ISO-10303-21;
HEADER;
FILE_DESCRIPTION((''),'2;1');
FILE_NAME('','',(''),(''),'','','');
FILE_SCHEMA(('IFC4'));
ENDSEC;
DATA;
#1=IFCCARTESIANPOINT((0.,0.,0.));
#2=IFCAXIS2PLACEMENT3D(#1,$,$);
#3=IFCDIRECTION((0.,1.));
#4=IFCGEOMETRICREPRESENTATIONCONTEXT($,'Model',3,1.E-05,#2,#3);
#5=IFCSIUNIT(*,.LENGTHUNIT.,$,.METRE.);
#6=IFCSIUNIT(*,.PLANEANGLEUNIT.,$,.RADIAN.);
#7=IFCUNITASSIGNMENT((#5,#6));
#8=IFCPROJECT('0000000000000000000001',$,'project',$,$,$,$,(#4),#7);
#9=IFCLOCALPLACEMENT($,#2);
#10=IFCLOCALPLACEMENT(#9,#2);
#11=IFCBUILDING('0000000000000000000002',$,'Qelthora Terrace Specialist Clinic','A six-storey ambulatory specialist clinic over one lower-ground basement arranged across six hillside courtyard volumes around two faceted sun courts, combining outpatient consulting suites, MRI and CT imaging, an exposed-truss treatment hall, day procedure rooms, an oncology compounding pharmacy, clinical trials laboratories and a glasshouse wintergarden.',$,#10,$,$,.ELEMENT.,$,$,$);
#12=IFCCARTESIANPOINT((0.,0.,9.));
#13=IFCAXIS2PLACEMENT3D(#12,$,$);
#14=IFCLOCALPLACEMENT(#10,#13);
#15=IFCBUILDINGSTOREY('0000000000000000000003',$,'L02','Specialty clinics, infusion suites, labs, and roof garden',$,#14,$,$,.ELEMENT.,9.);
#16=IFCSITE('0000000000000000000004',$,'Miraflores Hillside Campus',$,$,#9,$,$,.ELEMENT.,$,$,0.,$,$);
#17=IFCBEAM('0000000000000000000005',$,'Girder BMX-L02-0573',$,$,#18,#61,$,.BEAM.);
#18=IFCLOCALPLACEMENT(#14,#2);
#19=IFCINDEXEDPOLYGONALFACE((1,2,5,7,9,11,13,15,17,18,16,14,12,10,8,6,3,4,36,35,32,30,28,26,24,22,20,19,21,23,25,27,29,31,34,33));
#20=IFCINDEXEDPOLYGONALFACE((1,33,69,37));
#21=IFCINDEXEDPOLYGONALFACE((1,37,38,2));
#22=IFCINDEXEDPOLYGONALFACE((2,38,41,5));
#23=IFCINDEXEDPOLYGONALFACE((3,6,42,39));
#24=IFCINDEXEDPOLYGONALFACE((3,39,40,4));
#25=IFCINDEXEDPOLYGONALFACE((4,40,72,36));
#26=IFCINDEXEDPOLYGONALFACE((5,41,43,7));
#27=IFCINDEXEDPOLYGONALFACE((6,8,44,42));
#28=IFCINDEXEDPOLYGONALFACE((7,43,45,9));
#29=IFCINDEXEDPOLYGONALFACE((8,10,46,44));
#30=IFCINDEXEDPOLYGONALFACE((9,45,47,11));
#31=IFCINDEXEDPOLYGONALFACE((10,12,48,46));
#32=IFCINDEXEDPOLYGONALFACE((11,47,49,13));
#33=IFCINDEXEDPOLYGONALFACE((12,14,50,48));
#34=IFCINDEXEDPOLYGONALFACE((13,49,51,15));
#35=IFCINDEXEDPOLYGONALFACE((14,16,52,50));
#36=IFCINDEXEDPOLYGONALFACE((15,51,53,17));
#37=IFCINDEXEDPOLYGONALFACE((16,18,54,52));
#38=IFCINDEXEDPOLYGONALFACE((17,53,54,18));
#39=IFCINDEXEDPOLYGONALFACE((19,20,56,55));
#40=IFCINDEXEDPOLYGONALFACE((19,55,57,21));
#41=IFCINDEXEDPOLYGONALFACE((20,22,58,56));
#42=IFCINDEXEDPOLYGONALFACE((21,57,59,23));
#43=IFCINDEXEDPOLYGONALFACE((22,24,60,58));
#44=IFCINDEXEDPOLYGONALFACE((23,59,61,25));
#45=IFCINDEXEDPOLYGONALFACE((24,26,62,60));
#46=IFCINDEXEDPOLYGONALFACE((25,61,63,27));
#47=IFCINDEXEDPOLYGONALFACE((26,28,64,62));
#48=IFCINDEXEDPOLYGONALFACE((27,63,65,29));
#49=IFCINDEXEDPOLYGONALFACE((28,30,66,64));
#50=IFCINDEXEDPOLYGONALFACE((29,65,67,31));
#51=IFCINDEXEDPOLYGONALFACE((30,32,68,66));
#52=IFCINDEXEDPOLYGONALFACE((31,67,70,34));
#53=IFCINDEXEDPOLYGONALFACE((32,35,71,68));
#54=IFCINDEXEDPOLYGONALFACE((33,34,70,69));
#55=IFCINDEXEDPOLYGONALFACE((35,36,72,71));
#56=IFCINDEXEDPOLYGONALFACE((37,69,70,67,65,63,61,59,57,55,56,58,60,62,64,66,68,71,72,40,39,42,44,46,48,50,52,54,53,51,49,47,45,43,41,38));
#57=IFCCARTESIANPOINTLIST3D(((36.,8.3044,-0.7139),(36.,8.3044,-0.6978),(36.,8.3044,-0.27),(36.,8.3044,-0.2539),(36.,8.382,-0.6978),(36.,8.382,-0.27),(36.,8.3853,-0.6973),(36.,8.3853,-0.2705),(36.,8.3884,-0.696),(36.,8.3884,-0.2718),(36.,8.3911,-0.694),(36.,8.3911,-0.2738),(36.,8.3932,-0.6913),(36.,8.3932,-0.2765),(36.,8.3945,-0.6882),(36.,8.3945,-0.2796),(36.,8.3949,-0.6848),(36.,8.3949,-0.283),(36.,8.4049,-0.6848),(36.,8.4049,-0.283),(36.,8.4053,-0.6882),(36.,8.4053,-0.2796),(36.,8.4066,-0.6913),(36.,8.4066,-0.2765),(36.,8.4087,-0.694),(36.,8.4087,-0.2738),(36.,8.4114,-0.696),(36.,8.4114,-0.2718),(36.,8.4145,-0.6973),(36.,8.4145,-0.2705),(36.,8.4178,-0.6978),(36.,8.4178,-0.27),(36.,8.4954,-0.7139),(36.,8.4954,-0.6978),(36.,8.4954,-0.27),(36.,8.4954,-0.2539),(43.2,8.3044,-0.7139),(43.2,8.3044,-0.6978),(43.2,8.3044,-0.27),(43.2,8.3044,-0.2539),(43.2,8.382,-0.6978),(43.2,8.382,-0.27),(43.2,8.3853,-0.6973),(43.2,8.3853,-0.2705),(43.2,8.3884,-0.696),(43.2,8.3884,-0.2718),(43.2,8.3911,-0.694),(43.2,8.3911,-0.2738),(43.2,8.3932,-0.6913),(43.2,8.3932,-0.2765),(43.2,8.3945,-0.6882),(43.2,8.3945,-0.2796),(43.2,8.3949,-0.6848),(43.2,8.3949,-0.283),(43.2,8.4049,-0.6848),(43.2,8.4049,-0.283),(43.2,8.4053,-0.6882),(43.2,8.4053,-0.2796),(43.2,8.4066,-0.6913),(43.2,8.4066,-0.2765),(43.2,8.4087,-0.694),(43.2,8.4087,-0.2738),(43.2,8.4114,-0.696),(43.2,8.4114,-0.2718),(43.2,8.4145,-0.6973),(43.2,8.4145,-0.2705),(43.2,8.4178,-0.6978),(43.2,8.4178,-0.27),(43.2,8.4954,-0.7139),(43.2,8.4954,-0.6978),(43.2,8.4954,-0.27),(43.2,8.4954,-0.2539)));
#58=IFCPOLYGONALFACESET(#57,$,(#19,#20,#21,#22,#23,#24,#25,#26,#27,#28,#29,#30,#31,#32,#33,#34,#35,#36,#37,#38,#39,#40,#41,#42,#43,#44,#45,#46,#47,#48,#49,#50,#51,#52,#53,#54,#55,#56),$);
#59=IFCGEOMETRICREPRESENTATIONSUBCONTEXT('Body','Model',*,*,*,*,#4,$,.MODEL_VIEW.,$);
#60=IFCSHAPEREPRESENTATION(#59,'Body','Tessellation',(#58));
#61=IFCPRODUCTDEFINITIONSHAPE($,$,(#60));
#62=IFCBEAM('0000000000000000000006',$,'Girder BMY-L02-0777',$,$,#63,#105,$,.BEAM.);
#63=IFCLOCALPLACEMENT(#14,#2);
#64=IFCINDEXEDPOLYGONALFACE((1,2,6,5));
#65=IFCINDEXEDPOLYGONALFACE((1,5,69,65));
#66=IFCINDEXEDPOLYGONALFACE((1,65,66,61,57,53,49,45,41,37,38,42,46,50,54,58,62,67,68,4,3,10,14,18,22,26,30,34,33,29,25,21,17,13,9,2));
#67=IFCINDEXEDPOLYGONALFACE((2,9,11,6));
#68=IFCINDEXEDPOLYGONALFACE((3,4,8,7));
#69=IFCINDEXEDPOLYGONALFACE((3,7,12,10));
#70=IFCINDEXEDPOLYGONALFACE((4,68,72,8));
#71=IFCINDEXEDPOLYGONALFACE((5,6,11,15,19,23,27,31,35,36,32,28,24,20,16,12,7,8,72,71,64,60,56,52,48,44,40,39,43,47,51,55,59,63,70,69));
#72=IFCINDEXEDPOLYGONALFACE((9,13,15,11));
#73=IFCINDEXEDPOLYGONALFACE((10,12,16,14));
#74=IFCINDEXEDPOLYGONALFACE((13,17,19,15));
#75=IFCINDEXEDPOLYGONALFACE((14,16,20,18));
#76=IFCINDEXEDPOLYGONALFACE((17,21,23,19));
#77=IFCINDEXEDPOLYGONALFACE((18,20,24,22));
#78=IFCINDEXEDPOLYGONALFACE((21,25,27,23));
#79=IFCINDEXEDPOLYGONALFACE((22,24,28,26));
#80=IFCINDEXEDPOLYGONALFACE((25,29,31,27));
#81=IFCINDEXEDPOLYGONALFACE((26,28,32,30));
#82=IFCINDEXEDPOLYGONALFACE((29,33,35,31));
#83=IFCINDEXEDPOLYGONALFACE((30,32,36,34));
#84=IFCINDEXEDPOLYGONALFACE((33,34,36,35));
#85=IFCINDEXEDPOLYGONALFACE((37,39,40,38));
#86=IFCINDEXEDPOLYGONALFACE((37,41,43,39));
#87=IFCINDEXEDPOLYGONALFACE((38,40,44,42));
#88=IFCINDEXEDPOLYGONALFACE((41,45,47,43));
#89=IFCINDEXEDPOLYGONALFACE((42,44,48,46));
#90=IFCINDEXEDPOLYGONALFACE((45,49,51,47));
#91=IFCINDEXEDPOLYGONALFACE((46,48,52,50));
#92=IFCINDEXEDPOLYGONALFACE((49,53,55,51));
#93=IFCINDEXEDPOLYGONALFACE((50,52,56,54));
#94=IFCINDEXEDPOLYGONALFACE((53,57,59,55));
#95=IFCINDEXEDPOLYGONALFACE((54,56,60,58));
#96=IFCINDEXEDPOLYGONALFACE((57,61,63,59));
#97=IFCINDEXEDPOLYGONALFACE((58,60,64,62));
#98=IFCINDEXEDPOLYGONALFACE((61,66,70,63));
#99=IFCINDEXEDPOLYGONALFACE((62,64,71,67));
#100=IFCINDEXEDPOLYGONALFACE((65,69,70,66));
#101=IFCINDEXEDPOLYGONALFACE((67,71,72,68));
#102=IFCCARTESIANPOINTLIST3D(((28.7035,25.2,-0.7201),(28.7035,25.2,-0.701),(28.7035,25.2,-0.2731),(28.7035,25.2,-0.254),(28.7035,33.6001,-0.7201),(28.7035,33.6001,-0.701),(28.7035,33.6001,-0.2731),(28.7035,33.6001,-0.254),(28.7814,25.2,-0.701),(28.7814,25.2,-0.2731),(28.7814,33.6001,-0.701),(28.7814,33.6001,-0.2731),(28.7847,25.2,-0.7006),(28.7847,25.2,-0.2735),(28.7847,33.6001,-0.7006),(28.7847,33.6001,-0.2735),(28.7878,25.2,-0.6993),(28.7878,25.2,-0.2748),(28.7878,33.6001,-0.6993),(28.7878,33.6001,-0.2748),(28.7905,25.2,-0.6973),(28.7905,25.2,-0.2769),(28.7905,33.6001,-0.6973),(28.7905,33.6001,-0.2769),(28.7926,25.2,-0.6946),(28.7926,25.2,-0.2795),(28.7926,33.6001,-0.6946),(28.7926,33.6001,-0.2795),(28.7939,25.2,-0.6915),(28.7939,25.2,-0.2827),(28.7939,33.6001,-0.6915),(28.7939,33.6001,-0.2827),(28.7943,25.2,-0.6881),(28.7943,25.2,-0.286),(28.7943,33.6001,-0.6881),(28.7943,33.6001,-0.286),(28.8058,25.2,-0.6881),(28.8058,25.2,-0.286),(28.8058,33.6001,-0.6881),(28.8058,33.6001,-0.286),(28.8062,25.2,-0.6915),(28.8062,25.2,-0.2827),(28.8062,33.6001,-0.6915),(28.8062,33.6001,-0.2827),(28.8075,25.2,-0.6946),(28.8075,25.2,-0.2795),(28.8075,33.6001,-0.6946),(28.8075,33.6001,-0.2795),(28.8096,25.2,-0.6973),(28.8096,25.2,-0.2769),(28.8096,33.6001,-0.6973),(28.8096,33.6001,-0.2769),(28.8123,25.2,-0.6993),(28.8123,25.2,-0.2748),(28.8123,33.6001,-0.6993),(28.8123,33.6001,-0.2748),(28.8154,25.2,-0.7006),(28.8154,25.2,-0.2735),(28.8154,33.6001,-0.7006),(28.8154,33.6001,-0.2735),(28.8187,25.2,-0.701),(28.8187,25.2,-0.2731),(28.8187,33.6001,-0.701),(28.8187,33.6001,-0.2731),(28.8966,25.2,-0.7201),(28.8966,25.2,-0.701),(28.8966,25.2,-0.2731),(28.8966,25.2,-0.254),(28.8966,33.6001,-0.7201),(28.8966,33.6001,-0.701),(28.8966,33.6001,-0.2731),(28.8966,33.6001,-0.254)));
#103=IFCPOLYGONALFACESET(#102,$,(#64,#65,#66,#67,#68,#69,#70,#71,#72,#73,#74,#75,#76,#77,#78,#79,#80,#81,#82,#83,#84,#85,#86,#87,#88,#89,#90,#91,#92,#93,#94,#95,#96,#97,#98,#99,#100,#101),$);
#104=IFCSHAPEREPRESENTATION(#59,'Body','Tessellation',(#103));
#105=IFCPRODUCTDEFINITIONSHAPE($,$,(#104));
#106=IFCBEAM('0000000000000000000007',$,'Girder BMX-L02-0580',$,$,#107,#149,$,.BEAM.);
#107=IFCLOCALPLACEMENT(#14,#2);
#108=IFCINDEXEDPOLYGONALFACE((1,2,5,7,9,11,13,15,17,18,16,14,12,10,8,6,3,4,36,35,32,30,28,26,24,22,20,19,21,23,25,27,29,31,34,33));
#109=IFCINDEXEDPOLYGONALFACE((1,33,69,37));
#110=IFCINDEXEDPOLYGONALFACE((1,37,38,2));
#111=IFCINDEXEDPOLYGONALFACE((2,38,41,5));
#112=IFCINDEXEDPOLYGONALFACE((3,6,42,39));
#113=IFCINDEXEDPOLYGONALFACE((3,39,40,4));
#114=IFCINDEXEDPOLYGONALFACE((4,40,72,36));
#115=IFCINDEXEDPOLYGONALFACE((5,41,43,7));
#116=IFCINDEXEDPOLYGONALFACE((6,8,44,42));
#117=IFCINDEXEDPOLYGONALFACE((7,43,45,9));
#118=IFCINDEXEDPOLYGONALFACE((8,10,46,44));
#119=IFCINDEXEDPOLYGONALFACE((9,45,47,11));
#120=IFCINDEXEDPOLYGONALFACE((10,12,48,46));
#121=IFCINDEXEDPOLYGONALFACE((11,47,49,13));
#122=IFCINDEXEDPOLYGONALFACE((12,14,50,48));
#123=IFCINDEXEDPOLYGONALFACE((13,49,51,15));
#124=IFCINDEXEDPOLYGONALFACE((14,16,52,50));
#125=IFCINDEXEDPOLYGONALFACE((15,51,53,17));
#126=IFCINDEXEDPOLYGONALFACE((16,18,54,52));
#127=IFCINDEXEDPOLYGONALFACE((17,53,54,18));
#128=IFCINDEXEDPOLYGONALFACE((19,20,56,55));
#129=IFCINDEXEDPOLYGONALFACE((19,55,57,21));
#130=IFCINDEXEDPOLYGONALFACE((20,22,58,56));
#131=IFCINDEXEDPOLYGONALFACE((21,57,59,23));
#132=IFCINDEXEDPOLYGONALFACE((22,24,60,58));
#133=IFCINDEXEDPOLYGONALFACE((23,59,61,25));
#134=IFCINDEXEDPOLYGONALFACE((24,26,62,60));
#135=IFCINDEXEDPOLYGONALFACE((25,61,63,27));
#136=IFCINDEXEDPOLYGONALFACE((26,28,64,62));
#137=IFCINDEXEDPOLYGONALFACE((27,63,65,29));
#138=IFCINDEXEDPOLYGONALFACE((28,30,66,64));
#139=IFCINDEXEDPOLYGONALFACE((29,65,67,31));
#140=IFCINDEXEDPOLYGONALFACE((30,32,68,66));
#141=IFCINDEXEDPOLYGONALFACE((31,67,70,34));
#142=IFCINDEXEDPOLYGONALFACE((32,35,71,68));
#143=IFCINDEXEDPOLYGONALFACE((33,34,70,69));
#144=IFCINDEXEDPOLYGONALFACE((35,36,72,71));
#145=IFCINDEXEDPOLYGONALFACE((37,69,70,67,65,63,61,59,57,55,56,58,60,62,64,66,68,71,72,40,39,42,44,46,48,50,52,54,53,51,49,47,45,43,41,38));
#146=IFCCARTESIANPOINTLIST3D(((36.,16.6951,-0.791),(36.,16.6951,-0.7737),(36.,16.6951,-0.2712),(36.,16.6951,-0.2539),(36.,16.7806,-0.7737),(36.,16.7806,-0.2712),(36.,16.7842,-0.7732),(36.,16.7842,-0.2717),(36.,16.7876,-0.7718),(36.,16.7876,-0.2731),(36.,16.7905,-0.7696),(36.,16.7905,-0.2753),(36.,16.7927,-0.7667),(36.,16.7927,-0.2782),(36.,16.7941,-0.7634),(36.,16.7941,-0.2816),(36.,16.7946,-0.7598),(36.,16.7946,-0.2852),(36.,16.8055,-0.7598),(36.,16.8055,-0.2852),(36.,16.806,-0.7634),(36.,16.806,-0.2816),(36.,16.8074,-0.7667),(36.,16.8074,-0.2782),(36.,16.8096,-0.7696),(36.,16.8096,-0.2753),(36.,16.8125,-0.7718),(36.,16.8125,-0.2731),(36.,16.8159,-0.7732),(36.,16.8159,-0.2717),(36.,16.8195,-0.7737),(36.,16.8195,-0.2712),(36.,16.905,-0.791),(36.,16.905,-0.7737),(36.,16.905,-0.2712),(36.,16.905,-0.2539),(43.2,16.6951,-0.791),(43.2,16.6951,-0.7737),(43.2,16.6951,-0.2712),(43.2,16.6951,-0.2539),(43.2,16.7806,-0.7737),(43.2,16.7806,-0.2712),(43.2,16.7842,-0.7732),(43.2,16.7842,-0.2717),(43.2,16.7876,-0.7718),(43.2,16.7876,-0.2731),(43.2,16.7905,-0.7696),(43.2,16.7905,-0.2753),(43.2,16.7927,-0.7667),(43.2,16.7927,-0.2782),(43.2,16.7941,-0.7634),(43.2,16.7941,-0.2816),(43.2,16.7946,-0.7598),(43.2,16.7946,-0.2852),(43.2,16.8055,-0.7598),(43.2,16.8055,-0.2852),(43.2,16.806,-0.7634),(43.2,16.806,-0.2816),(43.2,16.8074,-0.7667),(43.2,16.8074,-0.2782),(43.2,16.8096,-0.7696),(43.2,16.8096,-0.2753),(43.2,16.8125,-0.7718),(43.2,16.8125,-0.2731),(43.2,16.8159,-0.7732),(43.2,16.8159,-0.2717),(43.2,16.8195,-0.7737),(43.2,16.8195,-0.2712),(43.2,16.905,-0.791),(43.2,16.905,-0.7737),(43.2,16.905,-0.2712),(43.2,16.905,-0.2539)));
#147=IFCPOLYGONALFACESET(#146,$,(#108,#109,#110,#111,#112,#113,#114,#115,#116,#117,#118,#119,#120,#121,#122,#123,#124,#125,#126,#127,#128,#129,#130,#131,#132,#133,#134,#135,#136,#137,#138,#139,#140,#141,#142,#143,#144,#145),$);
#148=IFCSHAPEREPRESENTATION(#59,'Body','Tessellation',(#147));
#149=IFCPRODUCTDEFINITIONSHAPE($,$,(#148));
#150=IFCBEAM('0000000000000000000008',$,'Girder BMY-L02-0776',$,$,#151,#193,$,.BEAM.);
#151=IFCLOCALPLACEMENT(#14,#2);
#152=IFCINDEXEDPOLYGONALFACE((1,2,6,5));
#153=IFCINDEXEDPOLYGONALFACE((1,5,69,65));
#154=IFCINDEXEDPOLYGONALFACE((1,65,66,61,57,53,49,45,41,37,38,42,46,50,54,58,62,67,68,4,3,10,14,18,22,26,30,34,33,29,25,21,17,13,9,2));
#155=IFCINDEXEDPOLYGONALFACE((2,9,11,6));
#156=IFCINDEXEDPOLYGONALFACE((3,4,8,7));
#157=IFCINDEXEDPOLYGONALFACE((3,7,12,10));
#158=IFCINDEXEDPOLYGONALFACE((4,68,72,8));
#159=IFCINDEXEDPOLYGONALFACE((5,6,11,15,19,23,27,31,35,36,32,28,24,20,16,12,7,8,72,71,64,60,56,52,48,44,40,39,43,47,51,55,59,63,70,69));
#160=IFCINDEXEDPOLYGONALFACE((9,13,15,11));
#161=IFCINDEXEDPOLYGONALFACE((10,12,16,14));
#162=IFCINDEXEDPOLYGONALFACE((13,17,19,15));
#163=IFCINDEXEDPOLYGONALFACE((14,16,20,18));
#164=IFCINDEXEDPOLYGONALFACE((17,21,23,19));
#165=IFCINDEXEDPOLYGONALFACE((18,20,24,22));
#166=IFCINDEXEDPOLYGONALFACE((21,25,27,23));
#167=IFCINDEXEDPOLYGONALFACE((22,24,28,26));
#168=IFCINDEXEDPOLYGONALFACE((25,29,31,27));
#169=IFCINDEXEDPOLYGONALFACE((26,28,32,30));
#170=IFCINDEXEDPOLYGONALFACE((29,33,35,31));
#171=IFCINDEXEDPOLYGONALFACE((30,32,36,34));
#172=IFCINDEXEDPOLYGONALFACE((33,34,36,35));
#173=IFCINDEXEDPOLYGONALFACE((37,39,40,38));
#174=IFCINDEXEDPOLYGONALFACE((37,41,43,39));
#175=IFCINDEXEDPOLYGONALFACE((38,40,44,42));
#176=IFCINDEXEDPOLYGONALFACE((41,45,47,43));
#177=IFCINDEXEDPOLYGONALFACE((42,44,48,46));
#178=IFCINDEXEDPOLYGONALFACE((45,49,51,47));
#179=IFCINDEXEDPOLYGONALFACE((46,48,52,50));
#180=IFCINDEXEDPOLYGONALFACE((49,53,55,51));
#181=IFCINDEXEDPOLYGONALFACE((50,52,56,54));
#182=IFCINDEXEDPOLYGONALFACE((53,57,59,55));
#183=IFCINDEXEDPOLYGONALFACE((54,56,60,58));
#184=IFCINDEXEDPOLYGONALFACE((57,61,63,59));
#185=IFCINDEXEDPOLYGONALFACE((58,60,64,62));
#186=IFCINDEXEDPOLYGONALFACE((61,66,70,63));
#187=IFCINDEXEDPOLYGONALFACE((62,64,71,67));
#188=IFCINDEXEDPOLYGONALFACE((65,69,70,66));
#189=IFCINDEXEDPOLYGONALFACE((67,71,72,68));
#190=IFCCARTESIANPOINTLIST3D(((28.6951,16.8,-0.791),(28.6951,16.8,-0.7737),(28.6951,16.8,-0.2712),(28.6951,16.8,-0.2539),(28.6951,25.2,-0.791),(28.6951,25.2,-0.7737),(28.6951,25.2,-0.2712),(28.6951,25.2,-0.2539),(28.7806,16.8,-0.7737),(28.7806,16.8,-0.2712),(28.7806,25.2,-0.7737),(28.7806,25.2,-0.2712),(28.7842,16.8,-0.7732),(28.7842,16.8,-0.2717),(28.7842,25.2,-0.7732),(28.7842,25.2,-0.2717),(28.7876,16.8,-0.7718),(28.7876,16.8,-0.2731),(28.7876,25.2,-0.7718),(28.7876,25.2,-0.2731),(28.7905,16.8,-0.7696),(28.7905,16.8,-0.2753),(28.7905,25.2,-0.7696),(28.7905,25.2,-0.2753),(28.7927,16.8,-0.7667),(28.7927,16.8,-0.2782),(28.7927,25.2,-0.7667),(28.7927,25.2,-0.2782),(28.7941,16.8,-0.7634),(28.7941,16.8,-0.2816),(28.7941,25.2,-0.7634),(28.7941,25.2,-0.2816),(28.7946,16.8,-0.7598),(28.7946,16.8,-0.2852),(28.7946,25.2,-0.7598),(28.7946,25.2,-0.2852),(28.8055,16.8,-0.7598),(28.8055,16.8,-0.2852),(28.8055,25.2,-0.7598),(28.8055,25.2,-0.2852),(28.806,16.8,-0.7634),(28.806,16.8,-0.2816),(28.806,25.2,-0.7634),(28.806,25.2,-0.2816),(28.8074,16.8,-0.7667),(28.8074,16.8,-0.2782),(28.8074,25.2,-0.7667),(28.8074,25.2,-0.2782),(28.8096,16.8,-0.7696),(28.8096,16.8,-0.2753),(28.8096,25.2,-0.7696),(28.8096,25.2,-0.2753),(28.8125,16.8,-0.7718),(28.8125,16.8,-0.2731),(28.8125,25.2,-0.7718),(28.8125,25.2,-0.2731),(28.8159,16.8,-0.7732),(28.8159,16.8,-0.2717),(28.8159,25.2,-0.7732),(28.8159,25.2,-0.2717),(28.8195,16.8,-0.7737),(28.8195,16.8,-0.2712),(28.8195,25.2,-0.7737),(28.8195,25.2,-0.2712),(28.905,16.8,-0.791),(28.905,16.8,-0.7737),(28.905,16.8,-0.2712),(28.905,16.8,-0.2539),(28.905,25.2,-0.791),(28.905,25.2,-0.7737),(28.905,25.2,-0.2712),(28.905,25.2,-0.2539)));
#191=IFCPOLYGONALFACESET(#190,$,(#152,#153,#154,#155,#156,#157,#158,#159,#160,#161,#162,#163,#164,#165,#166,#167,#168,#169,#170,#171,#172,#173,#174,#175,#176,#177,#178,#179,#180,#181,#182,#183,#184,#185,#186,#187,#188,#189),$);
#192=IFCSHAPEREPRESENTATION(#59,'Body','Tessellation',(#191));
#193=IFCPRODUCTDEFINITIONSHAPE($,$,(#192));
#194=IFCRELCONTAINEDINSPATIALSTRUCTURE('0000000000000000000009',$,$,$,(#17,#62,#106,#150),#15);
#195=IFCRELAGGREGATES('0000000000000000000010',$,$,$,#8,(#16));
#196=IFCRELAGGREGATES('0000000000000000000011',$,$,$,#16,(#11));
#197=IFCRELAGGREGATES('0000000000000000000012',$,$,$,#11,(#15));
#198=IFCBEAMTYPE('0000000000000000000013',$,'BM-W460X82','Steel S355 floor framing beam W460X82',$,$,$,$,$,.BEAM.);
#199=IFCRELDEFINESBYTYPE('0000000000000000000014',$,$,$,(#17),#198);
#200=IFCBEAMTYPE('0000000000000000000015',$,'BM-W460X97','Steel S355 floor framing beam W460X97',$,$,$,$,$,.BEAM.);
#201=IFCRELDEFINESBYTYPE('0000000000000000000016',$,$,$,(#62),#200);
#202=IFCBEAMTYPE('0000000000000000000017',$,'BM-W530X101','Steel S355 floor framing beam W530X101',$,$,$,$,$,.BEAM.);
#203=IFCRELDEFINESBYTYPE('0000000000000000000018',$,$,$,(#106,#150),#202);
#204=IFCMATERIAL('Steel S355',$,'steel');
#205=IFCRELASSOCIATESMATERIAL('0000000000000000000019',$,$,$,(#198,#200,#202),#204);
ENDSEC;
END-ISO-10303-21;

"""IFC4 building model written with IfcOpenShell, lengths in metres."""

from ifc_helpers import new_model, si_unit, direction, frame, origin, origin_2d, place, context, subcontext, project, spatial, i_section, extrude, material, material_profile, profile_set, type_object, element, save


model = new_model("IFC4")

# Units and contexts
model_context = context("Model", 3, precision=1e-05, world=origin(), true_north=direction((0.0, 1.0)))
body_context = subcontext(model_context, "Body", "Model", "MODEL_VIEW")
ifc_project = project(units=[si_unit("LENGTHUNIT", "METRE"), si_unit("PLANEANGLEUNIT", "RADIAN")], contexts=[model_context])

# Site, building, storey
site_placement = place(None, origin())
site = spatial("IfcSite", under=ifc_project, at=site_placement, Name="Miraflores Hillside Campus", CompositionType="ELEMENT", RefElevation=0.0)
building_placement = place(site_placement, origin())
building = spatial("IfcBuilding", under=site, at=building_placement, Name="Qelthora Terrace Specialist Clinic", Description="A six-storey ambulatory specialist clinic over one lower-ground basement arranged across six hillside courtyard volumes around two faceted sun courts, combining outpatient consulting suites, MRI and CT imaging, an exposed-truss treatment hall, day procedure rooms, an oncology compounding pharmacy, clinical trials laboratories and a glasshouse wintergarden.", CompositionType="ELEMENT")
storey_placement = place(building_placement, frame((0.0, 0.0, 9.0)))
storey = spatial("IfcBuildingStorey", under=building, at=storey_placement, Name="L02", Description="Specialty clinics, infusion suites, labs, and roof garden", CompositionType="ELEMENT", Elevation=9.0)

# Beams
ifc_material_1 = material(Name="Steel S355", Category="steel")
ifc_material_profile_1 = material_profile(ifc_material_1, i_section(OverallWidth=0.1909, OverallDepth=0.46, WebThickness=0.01, FlangeThickness=0.0161, FilletRadius=0.0129, at=origin_2d()), Name="W460X82")
ifc_profile_set_1 = profile_set([ifc_material_profile_1], Name="Steel S355")
beam_type_1 = type_object("IfcBeamType", Name="BM-W460X82", Description="Steel S355 floor framing beam W460X82", PredefinedType="BEAM", material=ifc_profile_set_1)
beam_1_placement = place(storey_placement, frame((36.0, 8.3999, -0.4839), z_axis=(1.0, 0.0, 0.0), x_axis=(0.0, 1.0, 0.0)))
element("IfcBeam", 1, at=beam_1_placement, inside=storey, type_object=beam_type_1, Name="Girder BMX-L02-0573", PredefinedType="BEAM", context=body_context, shape_type="SweptSolid", body=[
    extrude(i_section(OverallWidth=0.1909, OverallDepth=0.46, WebThickness=0.01, FlangeThickness=0.0161, FilletRadius=0.0129, at=origin_2d()), origin(), (0.0, 0.0, 1.0), 7.2),
])
ifc_material_profile_2 = material_profile(ifc_material_1, i_section(OverallWidth=0.1931, OverallDepth=0.4661, WebThickness=0.0115, FlangeThickness=0.019, FilletRadius=0.0129, at=origin_2d()), Name="W460X97")
ifc_profile_set_2 = profile_set([ifc_material_profile_2], Name="Steel S355")
beam_type_2 = type_object("IfcBeamType", Name="BM-W460X97", Description="Steel S355 floor framing beam W460X97", PredefinedType="BEAM", material=ifc_profile_set_2)
beam_2_placement = place(storey_placement, frame((28.8, 25.2, -0.4871), z_axis=(0.0, 1.0, 0.0), x_axis=(-1.0, 0.0, 0.0)))
element("IfcBeam", 2, at=beam_2_placement, inside=storey, type_object=beam_type_2, Name="Girder BMY-L02-0777", PredefinedType="BEAM", context=body_context, shape_type="SweptSolid", body=[
    extrude(i_section(OverallWidth=0.1931, OverallDepth=0.4661, WebThickness=0.0115, FlangeThickness=0.019, FilletRadius=0.0129, at=origin_2d()), origin(), (0.0, 0.0, 1.0), 8.4001),
])
ifc_material_profile_3 = material_profile(ifc_material_1, i_section(OverallWidth=0.21, OverallDepth=0.5371, WebThickness=0.011, FlangeThickness=0.0173, FilletRadius=0.0139, at=origin_2d()), Name="W530X101")
ifc_profile_set_3 = profile_set([ifc_material_profile_3], Name="Steel S355")
beam_type_3 = type_object("IfcBeamType", Name="BM-W530X101", Description="Steel S355 floor framing beam W530X101", PredefinedType="BEAM", material=ifc_profile_set_3)
beam_3_placement = place(storey_placement, frame((36.0, 16.8, -0.5225), z_axis=(1.0, 0.0, 0.0), x_axis=(0.0, 1.0, 0.0)))
element("IfcBeam", 3, at=beam_3_placement, inside=storey, type_object=beam_type_3, Name="Girder BMX-L02-0580", PredefinedType="BEAM", context=body_context, shape_type="SweptSolid", body=[
    extrude(i_section(OverallWidth=0.21, OverallDepth=0.5371, WebThickness=0.011, FlangeThickness=0.0173, FilletRadius=0.0139, at=origin_2d()), origin(), (0.0, 0.0, 1.0), 7.2),
])
beam_4_placement = place(storey_placement, frame((28.8, 16.8, -0.5225), z_axis=(0.0, 1.0, 0.0), x_axis=(-1.0, 0.0, 0.0)))
element("IfcBeam", 4, at=beam_4_placement, inside=storey, type_object=beam_type_3, Name="Girder BMY-L02-0776", PredefinedType="BEAM", context=body_context, shape_type="SweptSolid", body=[
    extrude(i_section(OverallWidth=0.21, OverallDepth=0.5371, WebThickness=0.011, FlangeThickness=0.0173, FilletRadius=0.0139, at=origin_2d()), origin(), (0.0, 0.0, 1.0), 8.3999),
])

save(model, "model.ifc")
